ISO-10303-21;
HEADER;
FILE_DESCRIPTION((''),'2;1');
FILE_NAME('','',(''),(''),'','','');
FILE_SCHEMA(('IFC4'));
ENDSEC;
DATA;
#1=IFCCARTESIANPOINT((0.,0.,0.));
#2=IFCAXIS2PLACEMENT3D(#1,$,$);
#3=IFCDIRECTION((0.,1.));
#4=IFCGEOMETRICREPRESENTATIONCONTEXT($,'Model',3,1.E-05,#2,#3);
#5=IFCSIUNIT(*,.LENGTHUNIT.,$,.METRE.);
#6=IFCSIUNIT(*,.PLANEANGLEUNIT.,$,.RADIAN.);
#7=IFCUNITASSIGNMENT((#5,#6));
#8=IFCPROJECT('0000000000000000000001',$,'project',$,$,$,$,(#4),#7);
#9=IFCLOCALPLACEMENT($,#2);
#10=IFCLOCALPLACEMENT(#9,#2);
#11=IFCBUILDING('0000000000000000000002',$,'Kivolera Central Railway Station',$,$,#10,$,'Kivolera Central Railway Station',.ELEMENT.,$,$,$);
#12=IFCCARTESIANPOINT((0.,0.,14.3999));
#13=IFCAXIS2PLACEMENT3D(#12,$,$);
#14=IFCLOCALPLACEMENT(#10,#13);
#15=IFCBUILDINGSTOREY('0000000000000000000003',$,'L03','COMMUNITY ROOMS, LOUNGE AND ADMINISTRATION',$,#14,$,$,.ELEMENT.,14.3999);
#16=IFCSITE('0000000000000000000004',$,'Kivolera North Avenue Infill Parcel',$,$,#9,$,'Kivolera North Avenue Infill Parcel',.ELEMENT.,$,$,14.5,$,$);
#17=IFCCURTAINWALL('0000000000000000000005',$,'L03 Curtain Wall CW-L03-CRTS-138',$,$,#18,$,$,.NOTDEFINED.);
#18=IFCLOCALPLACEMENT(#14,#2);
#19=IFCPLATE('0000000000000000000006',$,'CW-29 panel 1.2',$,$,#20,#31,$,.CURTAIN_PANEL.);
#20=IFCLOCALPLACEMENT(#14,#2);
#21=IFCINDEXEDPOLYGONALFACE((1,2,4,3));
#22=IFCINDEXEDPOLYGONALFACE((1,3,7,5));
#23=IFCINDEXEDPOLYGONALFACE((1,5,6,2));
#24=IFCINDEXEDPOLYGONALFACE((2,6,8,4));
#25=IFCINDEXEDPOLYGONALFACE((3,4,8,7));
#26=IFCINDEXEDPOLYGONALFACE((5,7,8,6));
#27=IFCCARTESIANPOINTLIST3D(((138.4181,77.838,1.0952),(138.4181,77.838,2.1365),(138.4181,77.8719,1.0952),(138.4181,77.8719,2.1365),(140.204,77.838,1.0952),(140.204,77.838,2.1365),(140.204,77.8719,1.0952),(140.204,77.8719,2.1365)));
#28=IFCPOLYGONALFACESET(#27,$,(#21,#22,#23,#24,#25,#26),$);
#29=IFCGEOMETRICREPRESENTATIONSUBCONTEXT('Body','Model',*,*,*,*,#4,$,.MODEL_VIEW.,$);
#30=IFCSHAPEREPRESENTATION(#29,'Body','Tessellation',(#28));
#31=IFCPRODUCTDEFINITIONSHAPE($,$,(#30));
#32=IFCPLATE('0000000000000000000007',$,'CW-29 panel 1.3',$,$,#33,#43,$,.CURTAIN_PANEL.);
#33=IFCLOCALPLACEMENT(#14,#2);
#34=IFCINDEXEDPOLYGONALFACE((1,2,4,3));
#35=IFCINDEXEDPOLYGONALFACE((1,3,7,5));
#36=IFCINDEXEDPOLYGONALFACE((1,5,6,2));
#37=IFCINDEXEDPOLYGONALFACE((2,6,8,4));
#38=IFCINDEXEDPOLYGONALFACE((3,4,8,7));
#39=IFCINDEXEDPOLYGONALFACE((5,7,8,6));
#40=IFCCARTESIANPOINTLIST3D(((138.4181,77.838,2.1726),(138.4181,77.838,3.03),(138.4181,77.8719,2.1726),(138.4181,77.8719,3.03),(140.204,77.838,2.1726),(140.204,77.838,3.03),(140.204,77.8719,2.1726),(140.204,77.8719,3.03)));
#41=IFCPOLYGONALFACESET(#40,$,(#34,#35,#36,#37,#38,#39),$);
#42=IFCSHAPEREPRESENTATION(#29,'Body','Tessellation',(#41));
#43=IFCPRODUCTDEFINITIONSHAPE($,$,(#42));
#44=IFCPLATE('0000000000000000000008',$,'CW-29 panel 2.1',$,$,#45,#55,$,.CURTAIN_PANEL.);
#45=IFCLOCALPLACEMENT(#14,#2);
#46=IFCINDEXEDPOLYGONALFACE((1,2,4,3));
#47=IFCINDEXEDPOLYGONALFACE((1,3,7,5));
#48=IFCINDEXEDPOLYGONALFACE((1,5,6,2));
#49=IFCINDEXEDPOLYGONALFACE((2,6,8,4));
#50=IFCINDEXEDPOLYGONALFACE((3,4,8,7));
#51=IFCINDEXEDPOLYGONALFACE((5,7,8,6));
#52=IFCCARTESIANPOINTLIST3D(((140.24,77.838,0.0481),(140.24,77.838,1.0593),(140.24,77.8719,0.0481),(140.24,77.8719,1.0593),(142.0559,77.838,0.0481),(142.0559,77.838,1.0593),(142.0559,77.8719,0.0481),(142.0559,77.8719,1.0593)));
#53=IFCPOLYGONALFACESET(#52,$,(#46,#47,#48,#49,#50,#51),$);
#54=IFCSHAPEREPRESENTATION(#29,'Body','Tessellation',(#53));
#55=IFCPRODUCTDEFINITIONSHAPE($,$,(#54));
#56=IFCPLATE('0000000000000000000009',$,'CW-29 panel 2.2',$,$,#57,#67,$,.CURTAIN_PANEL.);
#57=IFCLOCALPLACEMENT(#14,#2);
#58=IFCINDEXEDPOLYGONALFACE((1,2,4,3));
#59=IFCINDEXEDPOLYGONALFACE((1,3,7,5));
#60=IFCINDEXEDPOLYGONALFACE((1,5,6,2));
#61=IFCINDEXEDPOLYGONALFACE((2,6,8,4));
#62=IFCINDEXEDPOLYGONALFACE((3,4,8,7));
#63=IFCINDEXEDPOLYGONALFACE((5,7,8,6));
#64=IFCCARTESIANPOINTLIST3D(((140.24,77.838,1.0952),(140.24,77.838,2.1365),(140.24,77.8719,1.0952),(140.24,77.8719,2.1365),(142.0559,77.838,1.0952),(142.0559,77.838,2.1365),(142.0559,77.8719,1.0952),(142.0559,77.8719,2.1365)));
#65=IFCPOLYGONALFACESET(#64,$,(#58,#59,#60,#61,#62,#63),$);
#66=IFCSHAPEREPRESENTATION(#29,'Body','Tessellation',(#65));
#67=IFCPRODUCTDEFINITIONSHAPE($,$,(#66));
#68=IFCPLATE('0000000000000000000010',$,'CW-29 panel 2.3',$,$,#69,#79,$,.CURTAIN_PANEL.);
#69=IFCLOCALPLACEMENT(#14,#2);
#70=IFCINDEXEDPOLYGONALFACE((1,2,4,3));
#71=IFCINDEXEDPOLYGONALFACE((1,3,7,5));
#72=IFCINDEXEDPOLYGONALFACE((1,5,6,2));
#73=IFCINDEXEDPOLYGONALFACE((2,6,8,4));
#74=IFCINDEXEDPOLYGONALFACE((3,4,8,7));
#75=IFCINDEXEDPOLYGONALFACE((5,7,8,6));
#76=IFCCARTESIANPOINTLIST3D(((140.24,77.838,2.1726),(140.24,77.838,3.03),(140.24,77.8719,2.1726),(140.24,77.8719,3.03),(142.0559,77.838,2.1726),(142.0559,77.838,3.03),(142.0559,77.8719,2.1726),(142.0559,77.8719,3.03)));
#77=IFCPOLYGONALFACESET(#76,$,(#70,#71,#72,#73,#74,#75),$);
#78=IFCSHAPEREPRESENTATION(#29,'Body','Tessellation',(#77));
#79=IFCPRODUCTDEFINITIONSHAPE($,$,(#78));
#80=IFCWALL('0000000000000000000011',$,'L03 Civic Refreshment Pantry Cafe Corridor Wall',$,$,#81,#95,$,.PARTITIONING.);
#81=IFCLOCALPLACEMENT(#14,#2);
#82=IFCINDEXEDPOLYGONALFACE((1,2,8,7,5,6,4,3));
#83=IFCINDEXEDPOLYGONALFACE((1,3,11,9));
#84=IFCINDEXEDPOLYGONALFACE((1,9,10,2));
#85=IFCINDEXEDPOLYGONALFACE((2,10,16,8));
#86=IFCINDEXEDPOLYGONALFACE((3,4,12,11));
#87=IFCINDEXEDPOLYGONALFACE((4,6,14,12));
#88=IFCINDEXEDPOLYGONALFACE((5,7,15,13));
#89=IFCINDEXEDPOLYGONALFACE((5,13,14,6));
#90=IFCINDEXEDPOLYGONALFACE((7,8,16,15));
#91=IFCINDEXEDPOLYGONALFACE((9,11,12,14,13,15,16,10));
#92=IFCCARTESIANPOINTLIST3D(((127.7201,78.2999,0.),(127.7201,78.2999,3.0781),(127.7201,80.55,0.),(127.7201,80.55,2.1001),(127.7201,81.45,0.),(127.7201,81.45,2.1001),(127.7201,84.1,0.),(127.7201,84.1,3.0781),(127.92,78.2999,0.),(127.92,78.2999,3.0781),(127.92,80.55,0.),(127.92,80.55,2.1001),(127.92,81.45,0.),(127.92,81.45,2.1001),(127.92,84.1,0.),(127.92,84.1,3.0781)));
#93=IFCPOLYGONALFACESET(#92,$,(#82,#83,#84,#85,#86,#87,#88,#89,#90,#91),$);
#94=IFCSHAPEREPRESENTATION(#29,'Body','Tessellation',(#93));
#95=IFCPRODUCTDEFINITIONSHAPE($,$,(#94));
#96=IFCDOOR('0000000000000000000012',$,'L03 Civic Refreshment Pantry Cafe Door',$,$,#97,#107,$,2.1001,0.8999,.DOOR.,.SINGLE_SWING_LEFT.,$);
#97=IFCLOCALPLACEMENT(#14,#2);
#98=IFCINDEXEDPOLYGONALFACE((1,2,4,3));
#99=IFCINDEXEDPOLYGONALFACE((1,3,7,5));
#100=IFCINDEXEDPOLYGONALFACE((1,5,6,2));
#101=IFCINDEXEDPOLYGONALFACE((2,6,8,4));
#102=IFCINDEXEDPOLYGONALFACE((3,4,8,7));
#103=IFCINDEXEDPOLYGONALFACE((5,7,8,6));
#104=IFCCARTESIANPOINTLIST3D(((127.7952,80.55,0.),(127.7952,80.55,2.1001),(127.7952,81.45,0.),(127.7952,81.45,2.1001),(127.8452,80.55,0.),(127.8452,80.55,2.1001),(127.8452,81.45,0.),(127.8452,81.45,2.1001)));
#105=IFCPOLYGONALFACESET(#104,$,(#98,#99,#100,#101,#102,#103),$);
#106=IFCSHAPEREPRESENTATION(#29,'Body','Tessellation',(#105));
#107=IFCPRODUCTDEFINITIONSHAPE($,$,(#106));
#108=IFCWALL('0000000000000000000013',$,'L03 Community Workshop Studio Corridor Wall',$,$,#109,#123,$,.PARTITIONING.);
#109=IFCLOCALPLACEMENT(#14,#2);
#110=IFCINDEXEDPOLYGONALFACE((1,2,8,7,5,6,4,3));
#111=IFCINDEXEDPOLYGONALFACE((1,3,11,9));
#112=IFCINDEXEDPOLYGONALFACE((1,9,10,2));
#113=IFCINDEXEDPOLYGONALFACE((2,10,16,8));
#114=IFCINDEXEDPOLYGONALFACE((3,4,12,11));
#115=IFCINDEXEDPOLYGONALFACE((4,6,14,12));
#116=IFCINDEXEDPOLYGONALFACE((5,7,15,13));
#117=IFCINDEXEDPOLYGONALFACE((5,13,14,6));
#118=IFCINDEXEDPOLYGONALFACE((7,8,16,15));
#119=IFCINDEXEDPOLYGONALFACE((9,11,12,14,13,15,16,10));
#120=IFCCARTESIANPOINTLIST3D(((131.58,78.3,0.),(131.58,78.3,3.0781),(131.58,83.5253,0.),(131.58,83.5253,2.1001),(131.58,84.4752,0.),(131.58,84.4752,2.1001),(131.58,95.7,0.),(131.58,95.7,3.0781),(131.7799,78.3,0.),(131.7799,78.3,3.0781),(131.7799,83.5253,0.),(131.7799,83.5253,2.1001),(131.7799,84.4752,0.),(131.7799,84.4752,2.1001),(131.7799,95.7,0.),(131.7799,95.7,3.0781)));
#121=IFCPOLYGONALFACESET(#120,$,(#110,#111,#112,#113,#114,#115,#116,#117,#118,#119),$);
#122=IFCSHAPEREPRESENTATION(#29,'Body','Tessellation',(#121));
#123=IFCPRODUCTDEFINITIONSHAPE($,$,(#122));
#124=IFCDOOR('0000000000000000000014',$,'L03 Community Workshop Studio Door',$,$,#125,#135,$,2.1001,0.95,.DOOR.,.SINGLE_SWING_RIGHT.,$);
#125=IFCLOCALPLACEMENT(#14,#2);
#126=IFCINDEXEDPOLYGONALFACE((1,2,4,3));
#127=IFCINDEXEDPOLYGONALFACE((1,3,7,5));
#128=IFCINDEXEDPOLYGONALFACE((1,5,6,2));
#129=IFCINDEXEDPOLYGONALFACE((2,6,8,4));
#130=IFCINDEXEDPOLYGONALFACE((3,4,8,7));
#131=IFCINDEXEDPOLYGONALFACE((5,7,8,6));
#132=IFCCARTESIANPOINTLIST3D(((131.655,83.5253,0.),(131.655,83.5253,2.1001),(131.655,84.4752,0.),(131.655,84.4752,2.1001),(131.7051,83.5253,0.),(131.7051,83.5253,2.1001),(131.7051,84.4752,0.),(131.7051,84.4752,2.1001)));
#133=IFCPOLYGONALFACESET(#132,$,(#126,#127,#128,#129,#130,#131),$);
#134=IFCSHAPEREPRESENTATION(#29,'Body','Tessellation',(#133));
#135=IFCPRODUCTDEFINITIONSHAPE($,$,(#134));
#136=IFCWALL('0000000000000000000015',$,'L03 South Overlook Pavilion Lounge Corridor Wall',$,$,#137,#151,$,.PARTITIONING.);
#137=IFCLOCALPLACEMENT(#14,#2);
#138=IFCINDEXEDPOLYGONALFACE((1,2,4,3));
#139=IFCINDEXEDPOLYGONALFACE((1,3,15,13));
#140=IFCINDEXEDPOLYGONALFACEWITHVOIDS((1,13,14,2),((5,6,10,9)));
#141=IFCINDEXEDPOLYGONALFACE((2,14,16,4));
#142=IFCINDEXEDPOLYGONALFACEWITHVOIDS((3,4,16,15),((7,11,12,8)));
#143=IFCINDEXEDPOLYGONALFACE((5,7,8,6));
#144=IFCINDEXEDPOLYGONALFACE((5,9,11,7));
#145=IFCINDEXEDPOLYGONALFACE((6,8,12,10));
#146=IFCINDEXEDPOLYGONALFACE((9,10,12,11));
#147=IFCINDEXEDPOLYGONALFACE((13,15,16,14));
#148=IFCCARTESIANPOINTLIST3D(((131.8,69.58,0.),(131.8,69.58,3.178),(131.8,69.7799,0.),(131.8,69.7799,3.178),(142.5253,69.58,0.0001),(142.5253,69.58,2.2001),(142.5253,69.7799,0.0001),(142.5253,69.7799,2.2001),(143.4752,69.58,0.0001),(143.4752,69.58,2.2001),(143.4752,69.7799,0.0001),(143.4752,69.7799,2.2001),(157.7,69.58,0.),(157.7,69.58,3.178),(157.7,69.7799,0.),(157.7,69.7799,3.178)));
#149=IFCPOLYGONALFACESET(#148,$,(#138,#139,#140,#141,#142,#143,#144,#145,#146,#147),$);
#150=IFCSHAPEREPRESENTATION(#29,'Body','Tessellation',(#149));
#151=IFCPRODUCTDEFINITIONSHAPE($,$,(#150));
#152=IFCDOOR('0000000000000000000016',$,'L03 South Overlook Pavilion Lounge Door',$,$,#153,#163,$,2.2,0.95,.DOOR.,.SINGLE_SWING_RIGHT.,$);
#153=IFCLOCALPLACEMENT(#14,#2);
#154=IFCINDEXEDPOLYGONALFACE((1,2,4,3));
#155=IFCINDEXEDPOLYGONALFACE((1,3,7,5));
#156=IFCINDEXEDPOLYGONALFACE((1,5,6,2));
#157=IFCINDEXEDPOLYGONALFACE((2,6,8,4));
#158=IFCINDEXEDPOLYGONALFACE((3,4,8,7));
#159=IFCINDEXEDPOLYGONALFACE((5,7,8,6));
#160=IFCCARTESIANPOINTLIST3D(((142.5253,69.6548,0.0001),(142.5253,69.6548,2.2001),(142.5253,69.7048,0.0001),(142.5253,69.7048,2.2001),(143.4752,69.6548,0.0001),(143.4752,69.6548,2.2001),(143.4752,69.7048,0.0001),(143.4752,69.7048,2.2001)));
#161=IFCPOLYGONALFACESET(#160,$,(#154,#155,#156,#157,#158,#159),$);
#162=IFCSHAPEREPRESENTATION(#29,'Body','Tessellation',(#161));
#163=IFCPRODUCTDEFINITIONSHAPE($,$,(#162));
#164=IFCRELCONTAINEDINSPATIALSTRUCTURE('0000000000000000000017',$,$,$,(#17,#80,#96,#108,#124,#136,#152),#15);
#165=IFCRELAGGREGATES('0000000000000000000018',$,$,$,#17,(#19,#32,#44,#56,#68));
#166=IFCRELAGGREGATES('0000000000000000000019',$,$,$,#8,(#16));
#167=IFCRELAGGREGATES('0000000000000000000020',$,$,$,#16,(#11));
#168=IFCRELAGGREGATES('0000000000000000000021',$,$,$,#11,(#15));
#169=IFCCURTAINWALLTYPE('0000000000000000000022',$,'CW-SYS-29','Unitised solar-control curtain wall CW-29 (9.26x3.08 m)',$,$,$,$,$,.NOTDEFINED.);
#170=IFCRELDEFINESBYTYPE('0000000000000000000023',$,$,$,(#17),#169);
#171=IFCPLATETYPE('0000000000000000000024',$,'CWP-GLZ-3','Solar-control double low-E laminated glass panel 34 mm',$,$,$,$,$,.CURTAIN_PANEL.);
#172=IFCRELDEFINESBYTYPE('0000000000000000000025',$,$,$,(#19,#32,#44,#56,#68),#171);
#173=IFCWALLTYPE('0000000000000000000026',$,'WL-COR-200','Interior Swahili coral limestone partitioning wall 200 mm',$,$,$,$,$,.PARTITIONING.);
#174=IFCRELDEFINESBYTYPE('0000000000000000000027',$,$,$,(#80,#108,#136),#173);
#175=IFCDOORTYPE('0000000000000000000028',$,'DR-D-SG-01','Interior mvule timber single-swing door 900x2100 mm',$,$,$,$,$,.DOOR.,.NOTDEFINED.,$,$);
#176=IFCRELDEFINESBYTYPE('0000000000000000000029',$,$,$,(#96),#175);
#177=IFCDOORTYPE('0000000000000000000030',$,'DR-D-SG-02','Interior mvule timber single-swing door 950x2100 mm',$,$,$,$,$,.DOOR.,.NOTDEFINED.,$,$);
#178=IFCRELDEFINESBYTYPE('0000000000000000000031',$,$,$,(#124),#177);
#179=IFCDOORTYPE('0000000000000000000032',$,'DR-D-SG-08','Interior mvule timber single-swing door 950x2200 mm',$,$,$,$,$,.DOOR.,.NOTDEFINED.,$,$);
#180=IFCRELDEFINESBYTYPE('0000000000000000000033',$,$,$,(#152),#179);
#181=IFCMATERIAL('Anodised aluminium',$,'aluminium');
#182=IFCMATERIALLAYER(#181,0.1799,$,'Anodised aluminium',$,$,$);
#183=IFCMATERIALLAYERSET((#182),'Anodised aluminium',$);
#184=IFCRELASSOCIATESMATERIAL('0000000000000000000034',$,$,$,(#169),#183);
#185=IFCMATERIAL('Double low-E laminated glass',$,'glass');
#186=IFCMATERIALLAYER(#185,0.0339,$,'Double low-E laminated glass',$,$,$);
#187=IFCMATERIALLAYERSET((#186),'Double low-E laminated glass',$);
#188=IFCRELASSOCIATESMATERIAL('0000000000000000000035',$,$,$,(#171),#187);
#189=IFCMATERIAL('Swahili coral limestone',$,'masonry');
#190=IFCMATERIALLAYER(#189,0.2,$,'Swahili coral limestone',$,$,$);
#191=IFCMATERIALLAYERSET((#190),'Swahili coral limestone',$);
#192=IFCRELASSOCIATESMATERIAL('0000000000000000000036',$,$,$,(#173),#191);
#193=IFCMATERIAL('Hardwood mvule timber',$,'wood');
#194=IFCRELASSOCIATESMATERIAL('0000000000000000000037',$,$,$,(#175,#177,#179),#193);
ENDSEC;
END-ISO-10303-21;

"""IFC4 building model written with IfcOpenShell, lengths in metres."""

from ifc_helpers import new_model, si_unit, direction, frame, frame_2d, origin, origin_2d, place, context, subcontext, project, spatial, rectangle, extrude, material, layer, layer_set, type_object, element, fill, aggregate, save


model = new_model("IFC4")

# Units and contexts
model_context = context("Model", 3, precision=1e-05, world=origin(), true_north=direction((0.0, 1.0)))
body_context = subcontext(model_context, "Body", "Model", "MODEL_VIEW")
ifc_project = project(units=[si_unit("LENGTHUNIT", "METRE"), si_unit("PLANEANGLEUNIT", "RADIAN")], contexts=[model_context])

# Site, building, storey
site_placement = place(None, origin())
site = spatial("IfcSite", under=ifc_project, at=site_placement, Name="Kivolera North Avenue Infill Parcel", LongName="Kivolera North Avenue Infill Parcel", CompositionType="ELEMENT", RefElevation=14.5)
building_placement = place(site_placement, origin())
building = spatial("IfcBuilding", under=site, at=building_placement, Name="Kivolera Central Railway Station", LongName="Kivolera Central Railway Station", CompositionType="ELEMENT")
storey_placement = place(building_placement, frame((0.0, 0.0, 14.3999)))
storey = spatial("IfcBuildingStorey", under=building, at=storey_placement, Name="L03", Description="COMMUNITY ROOMS, LOUNGE AND ADMINISTRATION", CompositionType="ELEMENT", Elevation=14.3999)

# Curtain wall, plates
ifc_material_1 = material(Name="Anodised aluminium", Category="aluminium")
ifc_layer_1 = layer(ifc_material_1, 0.1799, Name="Anodised aluminium")
ifc_layer_set_1 = layer_set([ifc_layer_1], Name="Anodised aluminium")
curtain_wall_type = type_object("IfcCurtainWallType", Name="CW-SYS-29", Description="Unitised solar-control curtain wall CW-29 (9.26x3.08 m)", PredefinedType="NOTDEFINED", material=ifc_layer_set_1)
curtain_wall_placement = place(storey_placement, origin())
curtain_wall = element("IfcCurtainWall", 1, at=curtain_wall_placement, inside=storey, type_object=curtain_wall_type, Name="L03 Curtain Wall CW-L03-CRTS-138", PredefinedType="NOTDEFINED")
ifc_material_2 = material(Name="Double low-E laminated glass", Category="glass")
ifc_layer_2 = layer(ifc_material_2, 0.0339, Name="Double low-E laminated glass")
ifc_layer_set_2 = layer_set([ifc_layer_2], Name="Double low-E laminated glass")
plate_type = type_object("IfcPlateType", Name="CWP-GLZ-3", Description="Solar-control double low-E laminated glass panel 34 mm", PredefinedType="CURTAIN_PANEL", material=ifc_layer_set_2)
plate_1_placement = place(storey_placement, frame((139.311, 77.855, 1.0952), z_axis=(0.0, 0.0, 1.0), x_axis=(1.0, 0.0, 0.0)))
plate_1 = element("IfcPlate", 2, at=plate_1_placement, type_object=plate_type, Name="CW-29 panel 1.2", PredefinedType="CURTAIN_PANEL", context=body_context, shape_type="SweptSolid", body=[
    extrude(rectangle(XDim=1.7859, YDim=0.0339, at=origin_2d()), origin(), (0.0, 0.0, 1.0), 1.0413),
])
plate_2_placement = place(storey_placement, frame((139.311, 77.855, 2.1726), z_axis=(0.0, 0.0, 1.0), x_axis=(1.0, 0.0, 0.0)))
plate_2 = element("IfcPlate", 3, at=plate_2_placement, type_object=plate_type, Name="CW-29 panel 1.3", PredefinedType="CURTAIN_PANEL", context=body_context, shape_type="SweptSolid", body=[
    extrude(rectangle(XDim=1.7859, YDim=0.0339, at=origin_2d()), origin(), (0.0, 0.0, 1.0), 0.8574),
])
plate_3_placement = place(storey_placement, frame((141.1479, 77.855, 0.0481), z_axis=(0.0, 0.0, 1.0), x_axis=(1.0, 0.0, 0.0)))
plate_3 = element("IfcPlate", 4, at=plate_3_placement, type_object=plate_type, Name="CW-29 panel 2.1", PredefinedType="CURTAIN_PANEL", context=body_context, shape_type="SweptSolid", body=[
    extrude(rectangle(XDim=1.8159, YDim=0.0339, at=origin_2d()), origin(), (0.0, 0.0, 1.0), 1.0112),
])
plate_4_placement = place(storey_placement, frame((141.1479, 77.855, 1.0952), z_axis=(0.0, 0.0, 1.0), x_axis=(1.0, 0.0, 0.0)))
plate_4 = element("IfcPlate", 5, at=plate_4_placement, type_object=plate_type, Name="CW-29 panel 2.2", PredefinedType="CURTAIN_PANEL", context=body_context, shape_type="SweptSolid", body=[
    extrude(rectangle(XDim=1.8159, YDim=0.0339, at=origin_2d()), origin(), (0.0, 0.0, 1.0), 1.0413),
])
plate_5_placement = place(storey_placement, frame((141.1479, 77.855, 2.1726), z_axis=(0.0, 0.0, 1.0), x_axis=(1.0, 0.0, 0.0)))
plate_5 = element("IfcPlate", 6, at=plate_5_placement, type_object=plate_type, Name="CW-29 panel 2.3", PredefinedType="CURTAIN_PANEL", context=body_context, shape_type="SweptSolid", body=[
    extrude(rectangle(XDim=1.8159, YDim=0.0339, at=origin_2d()), origin(), (0.0, 0.0, 1.0), 0.8574),
])
aggregate(curtain_wall, [plate_1, plate_2, plate_3, plate_4, plate_5])

# Walls, openings, doors
ifc_material_3 = material(Name="Swahili coral limestone", Category="masonry")
ifc_layer_3 = layer(ifc_material_3, 0.2, Name="Swahili coral limestone")
ifc_layer_set_3 = layer_set([ifc_layer_3], Name="Swahili coral limestone")
wall_type = type_object("IfcWallType", Name="WL-COR-200", Description="Interior Swahili coral limestone partitioning wall 200 mm", PredefinedType="PARTITIONING", material=ifc_layer_set_3)
wall_1_placement = place(storey_placement, frame((127.8201, 78.3, 0.0), z_axis=(0.0, 0.0, 1.0), x_axis=(0.0, 1.0, 0.0)))
wall_1 = element("IfcWall", 7, at=wall_1_placement, inside=storey, type_object=wall_type, Name="L03 Civic Refreshment Pantry Cafe Corridor Wall", PredefinedType="PARTITIONING", context=body_context, shape_type="SweptSolid", body=[
    extrude(rectangle(XDim=5.8, YDim=0.2, at=frame_2d((2.8999, 0.0))), origin(), (0.0, 0.0, 1.0), 3.0781),
])
opening_1_placement = place(wall_1_placement, frame((2.25, 0.0, 0.0)))
opening_1 = element("IfcOpeningElement", 8, at=opening_1_placement, cuts=wall_1, PredefinedType="OPENING", context=body_context, shape_type="SweptSolid", body=[
    extrude(rectangle(XDim=0.8999, YDim=2.1001, at=frame_2d((0.45, 1.05))), frame((0.0, 0.1099, 0.0), z_axis=(0.0, -1.0, 0.0), x_axis=(1.0, 0.0, 0.0)), (0.0, 0.0, 1.0), 0.22),
])
ifc_material_4 = material(Name="Hardwood mvule timber", Category="wood")
door_type_1 = type_object("IfcDoorType", Name="DR-D-SG-01", Description="Interior mvule timber single-swing door 900x2100 mm", OperationType="NOTDEFINED", PredefinedType="DOOR", material=ifc_material_4)
door_1_placement = place(opening_1_placement, origin())
door_1 = element("IfcDoor", 9, at=door_1_placement, inside=storey, type_object=door_type_1, Name="L03 Civic Refreshment Pantry Cafe Door", OperationType="SINGLE_SWING_LEFT", OverallHeight=2.1001, OverallWidth=0.8999, PredefinedType="DOOR", context=body_context, shape_type="SweptSolid", body=[
    extrude(rectangle(XDim=0.8999, YDim=2.1001, at=frame_2d((0.45, 1.05))), frame((0.0, 0.0249, 0.0), z_axis=(0.0, -1.0, 0.0), x_axis=(1.0, 0.0, 0.0)), (0.0, 0.0, 1.0), 0.05),
])
fill(opening_1, door_1)
wall_2_placement = place(storey_placement, frame((131.6799, 78.3, 0.0), z_axis=(0.0, 0.0, 1.0), x_axis=(0.0, 1.0, 0.0)))
wall_2 = element("IfcWall", 10, at=wall_2_placement, inside=storey, type_object=wall_type, Name="L03 Community Workshop Studio Corridor Wall", PredefinedType="PARTITIONING", context=body_context, shape_type="SweptSolid", body=[
    extrude(rectangle(XDim=17.3999, YDim=0.2, at=frame_2d((8.7, 0.0))), origin(), (0.0, 0.0, 1.0), 3.0781),
])
opening_2_placement = place(wall_2_placement, frame((5.2251, 0.0, 0.0)))
opening_2 = element("IfcOpeningElement", 11, at=opening_2_placement, cuts=wall_2, PredefinedType="OPENING", context=body_context, shape_type="SweptSolid", body=[
    extrude(rectangle(XDim=0.95, YDim=2.1001, at=frame_2d((0.4751, 1.05))), frame((0.0, 0.1099, 0.0), z_axis=(0.0, -1.0, 0.0), x_axis=(1.0, 0.0, 0.0)), (0.0, 0.0, 1.0), 0.22),
])
door_type_2 = type_object("IfcDoorType", Name="DR-D-SG-02", Description="Interior mvule timber single-swing door 950x2100 mm", OperationType="NOTDEFINED", PredefinedType="DOOR", material=ifc_material_4)
door_2_placement = place(opening_2_placement, origin())
door_2 = element("IfcDoor", 12, at=door_2_placement, inside=storey, type_object=door_type_2, Name="L03 Community Workshop Studio Door", OperationType="SINGLE_SWING_RIGHT", OverallHeight=2.1001, OverallWidth=0.95, PredefinedType="DOOR", context=body_context, shape_type="SweptSolid", body=[
    extrude(rectangle(XDim=0.95, YDim=2.1001, at=frame_2d((0.4751, 1.05))), frame((0.0, 0.0249, 0.0), z_axis=(0.0, -1.0, 0.0), x_axis=(1.0, 0.0, 0.0)), (0.0, 0.0, 1.0), 0.05),
])
fill(opening_2, door_2)
wall_3_placement = place(storey_placement, frame((131.8, 69.6799, 0.0), z_axis=(0.0, 0.0, 1.0), x_axis=(1.0, 0.0, 0.0)))
wall_3 = element("IfcWall", 13, at=wall_3_placement, inside=storey, type_object=wall_type, Name="L03 South Overlook Pavilion Lounge Corridor Wall", PredefinedType="PARTITIONING", context=body_context, shape_type="SweptSolid", body=[
    extrude(rectangle(XDim=25.8999, YDim=0.2, at=frame_2d((12.95, 0.0))), origin(), (0.0, 0.0, 1.0), 3.178),
])
opening_3_placement = place(wall_3_placement, frame((10.7251, 0.0, 0.0)))
opening_3 = element("IfcOpeningElement", 14, at=opening_3_placement, cuts=wall_3, PredefinedType="OPENING", context=body_context, shape_type="SweptSolid", body=[
    extrude(rectangle(XDim=0.95, YDim=2.2, at=frame_2d((0.4751, 1.1001))), frame((0.0, 0.1099, 0.0), z_axis=(0.0, -1.0, 0.0), x_axis=(1.0, 0.0, 0.0)), (0.0, 0.0, 1.0), 0.22),
])
door_type_3 = type_object("IfcDoorType", Name="DR-D-SG-08", Description="Interior mvule timber single-swing door 950x2200 mm", OperationType="NOTDEFINED", PredefinedType="DOOR", material=ifc_material_4)
door_3_placement = place(opening_3_placement, origin())
door_3 = element("IfcDoor", 15, at=door_3_placement, inside=storey, type_object=door_type_3, Name="L03 South Overlook Pavilion Lounge Door", OperationType="SINGLE_SWING_RIGHT", OverallHeight=2.2, OverallWidth=0.95, PredefinedType="DOOR", context=body_context, shape_type="SweptSolid", body=[
    extrude(rectangle(XDim=0.95, YDim=2.2, at=frame_2d((0.4751, 1.1001))), frame((0.0, 0.0249, 0.0), z_axis=(0.0, -1.0, 0.0), x_axis=(1.0, 0.0, 0.0)), (0.0, 0.0, 1.0), 0.05),
])
fill(opening_3, door_3)

save(model, "model.ifc")
